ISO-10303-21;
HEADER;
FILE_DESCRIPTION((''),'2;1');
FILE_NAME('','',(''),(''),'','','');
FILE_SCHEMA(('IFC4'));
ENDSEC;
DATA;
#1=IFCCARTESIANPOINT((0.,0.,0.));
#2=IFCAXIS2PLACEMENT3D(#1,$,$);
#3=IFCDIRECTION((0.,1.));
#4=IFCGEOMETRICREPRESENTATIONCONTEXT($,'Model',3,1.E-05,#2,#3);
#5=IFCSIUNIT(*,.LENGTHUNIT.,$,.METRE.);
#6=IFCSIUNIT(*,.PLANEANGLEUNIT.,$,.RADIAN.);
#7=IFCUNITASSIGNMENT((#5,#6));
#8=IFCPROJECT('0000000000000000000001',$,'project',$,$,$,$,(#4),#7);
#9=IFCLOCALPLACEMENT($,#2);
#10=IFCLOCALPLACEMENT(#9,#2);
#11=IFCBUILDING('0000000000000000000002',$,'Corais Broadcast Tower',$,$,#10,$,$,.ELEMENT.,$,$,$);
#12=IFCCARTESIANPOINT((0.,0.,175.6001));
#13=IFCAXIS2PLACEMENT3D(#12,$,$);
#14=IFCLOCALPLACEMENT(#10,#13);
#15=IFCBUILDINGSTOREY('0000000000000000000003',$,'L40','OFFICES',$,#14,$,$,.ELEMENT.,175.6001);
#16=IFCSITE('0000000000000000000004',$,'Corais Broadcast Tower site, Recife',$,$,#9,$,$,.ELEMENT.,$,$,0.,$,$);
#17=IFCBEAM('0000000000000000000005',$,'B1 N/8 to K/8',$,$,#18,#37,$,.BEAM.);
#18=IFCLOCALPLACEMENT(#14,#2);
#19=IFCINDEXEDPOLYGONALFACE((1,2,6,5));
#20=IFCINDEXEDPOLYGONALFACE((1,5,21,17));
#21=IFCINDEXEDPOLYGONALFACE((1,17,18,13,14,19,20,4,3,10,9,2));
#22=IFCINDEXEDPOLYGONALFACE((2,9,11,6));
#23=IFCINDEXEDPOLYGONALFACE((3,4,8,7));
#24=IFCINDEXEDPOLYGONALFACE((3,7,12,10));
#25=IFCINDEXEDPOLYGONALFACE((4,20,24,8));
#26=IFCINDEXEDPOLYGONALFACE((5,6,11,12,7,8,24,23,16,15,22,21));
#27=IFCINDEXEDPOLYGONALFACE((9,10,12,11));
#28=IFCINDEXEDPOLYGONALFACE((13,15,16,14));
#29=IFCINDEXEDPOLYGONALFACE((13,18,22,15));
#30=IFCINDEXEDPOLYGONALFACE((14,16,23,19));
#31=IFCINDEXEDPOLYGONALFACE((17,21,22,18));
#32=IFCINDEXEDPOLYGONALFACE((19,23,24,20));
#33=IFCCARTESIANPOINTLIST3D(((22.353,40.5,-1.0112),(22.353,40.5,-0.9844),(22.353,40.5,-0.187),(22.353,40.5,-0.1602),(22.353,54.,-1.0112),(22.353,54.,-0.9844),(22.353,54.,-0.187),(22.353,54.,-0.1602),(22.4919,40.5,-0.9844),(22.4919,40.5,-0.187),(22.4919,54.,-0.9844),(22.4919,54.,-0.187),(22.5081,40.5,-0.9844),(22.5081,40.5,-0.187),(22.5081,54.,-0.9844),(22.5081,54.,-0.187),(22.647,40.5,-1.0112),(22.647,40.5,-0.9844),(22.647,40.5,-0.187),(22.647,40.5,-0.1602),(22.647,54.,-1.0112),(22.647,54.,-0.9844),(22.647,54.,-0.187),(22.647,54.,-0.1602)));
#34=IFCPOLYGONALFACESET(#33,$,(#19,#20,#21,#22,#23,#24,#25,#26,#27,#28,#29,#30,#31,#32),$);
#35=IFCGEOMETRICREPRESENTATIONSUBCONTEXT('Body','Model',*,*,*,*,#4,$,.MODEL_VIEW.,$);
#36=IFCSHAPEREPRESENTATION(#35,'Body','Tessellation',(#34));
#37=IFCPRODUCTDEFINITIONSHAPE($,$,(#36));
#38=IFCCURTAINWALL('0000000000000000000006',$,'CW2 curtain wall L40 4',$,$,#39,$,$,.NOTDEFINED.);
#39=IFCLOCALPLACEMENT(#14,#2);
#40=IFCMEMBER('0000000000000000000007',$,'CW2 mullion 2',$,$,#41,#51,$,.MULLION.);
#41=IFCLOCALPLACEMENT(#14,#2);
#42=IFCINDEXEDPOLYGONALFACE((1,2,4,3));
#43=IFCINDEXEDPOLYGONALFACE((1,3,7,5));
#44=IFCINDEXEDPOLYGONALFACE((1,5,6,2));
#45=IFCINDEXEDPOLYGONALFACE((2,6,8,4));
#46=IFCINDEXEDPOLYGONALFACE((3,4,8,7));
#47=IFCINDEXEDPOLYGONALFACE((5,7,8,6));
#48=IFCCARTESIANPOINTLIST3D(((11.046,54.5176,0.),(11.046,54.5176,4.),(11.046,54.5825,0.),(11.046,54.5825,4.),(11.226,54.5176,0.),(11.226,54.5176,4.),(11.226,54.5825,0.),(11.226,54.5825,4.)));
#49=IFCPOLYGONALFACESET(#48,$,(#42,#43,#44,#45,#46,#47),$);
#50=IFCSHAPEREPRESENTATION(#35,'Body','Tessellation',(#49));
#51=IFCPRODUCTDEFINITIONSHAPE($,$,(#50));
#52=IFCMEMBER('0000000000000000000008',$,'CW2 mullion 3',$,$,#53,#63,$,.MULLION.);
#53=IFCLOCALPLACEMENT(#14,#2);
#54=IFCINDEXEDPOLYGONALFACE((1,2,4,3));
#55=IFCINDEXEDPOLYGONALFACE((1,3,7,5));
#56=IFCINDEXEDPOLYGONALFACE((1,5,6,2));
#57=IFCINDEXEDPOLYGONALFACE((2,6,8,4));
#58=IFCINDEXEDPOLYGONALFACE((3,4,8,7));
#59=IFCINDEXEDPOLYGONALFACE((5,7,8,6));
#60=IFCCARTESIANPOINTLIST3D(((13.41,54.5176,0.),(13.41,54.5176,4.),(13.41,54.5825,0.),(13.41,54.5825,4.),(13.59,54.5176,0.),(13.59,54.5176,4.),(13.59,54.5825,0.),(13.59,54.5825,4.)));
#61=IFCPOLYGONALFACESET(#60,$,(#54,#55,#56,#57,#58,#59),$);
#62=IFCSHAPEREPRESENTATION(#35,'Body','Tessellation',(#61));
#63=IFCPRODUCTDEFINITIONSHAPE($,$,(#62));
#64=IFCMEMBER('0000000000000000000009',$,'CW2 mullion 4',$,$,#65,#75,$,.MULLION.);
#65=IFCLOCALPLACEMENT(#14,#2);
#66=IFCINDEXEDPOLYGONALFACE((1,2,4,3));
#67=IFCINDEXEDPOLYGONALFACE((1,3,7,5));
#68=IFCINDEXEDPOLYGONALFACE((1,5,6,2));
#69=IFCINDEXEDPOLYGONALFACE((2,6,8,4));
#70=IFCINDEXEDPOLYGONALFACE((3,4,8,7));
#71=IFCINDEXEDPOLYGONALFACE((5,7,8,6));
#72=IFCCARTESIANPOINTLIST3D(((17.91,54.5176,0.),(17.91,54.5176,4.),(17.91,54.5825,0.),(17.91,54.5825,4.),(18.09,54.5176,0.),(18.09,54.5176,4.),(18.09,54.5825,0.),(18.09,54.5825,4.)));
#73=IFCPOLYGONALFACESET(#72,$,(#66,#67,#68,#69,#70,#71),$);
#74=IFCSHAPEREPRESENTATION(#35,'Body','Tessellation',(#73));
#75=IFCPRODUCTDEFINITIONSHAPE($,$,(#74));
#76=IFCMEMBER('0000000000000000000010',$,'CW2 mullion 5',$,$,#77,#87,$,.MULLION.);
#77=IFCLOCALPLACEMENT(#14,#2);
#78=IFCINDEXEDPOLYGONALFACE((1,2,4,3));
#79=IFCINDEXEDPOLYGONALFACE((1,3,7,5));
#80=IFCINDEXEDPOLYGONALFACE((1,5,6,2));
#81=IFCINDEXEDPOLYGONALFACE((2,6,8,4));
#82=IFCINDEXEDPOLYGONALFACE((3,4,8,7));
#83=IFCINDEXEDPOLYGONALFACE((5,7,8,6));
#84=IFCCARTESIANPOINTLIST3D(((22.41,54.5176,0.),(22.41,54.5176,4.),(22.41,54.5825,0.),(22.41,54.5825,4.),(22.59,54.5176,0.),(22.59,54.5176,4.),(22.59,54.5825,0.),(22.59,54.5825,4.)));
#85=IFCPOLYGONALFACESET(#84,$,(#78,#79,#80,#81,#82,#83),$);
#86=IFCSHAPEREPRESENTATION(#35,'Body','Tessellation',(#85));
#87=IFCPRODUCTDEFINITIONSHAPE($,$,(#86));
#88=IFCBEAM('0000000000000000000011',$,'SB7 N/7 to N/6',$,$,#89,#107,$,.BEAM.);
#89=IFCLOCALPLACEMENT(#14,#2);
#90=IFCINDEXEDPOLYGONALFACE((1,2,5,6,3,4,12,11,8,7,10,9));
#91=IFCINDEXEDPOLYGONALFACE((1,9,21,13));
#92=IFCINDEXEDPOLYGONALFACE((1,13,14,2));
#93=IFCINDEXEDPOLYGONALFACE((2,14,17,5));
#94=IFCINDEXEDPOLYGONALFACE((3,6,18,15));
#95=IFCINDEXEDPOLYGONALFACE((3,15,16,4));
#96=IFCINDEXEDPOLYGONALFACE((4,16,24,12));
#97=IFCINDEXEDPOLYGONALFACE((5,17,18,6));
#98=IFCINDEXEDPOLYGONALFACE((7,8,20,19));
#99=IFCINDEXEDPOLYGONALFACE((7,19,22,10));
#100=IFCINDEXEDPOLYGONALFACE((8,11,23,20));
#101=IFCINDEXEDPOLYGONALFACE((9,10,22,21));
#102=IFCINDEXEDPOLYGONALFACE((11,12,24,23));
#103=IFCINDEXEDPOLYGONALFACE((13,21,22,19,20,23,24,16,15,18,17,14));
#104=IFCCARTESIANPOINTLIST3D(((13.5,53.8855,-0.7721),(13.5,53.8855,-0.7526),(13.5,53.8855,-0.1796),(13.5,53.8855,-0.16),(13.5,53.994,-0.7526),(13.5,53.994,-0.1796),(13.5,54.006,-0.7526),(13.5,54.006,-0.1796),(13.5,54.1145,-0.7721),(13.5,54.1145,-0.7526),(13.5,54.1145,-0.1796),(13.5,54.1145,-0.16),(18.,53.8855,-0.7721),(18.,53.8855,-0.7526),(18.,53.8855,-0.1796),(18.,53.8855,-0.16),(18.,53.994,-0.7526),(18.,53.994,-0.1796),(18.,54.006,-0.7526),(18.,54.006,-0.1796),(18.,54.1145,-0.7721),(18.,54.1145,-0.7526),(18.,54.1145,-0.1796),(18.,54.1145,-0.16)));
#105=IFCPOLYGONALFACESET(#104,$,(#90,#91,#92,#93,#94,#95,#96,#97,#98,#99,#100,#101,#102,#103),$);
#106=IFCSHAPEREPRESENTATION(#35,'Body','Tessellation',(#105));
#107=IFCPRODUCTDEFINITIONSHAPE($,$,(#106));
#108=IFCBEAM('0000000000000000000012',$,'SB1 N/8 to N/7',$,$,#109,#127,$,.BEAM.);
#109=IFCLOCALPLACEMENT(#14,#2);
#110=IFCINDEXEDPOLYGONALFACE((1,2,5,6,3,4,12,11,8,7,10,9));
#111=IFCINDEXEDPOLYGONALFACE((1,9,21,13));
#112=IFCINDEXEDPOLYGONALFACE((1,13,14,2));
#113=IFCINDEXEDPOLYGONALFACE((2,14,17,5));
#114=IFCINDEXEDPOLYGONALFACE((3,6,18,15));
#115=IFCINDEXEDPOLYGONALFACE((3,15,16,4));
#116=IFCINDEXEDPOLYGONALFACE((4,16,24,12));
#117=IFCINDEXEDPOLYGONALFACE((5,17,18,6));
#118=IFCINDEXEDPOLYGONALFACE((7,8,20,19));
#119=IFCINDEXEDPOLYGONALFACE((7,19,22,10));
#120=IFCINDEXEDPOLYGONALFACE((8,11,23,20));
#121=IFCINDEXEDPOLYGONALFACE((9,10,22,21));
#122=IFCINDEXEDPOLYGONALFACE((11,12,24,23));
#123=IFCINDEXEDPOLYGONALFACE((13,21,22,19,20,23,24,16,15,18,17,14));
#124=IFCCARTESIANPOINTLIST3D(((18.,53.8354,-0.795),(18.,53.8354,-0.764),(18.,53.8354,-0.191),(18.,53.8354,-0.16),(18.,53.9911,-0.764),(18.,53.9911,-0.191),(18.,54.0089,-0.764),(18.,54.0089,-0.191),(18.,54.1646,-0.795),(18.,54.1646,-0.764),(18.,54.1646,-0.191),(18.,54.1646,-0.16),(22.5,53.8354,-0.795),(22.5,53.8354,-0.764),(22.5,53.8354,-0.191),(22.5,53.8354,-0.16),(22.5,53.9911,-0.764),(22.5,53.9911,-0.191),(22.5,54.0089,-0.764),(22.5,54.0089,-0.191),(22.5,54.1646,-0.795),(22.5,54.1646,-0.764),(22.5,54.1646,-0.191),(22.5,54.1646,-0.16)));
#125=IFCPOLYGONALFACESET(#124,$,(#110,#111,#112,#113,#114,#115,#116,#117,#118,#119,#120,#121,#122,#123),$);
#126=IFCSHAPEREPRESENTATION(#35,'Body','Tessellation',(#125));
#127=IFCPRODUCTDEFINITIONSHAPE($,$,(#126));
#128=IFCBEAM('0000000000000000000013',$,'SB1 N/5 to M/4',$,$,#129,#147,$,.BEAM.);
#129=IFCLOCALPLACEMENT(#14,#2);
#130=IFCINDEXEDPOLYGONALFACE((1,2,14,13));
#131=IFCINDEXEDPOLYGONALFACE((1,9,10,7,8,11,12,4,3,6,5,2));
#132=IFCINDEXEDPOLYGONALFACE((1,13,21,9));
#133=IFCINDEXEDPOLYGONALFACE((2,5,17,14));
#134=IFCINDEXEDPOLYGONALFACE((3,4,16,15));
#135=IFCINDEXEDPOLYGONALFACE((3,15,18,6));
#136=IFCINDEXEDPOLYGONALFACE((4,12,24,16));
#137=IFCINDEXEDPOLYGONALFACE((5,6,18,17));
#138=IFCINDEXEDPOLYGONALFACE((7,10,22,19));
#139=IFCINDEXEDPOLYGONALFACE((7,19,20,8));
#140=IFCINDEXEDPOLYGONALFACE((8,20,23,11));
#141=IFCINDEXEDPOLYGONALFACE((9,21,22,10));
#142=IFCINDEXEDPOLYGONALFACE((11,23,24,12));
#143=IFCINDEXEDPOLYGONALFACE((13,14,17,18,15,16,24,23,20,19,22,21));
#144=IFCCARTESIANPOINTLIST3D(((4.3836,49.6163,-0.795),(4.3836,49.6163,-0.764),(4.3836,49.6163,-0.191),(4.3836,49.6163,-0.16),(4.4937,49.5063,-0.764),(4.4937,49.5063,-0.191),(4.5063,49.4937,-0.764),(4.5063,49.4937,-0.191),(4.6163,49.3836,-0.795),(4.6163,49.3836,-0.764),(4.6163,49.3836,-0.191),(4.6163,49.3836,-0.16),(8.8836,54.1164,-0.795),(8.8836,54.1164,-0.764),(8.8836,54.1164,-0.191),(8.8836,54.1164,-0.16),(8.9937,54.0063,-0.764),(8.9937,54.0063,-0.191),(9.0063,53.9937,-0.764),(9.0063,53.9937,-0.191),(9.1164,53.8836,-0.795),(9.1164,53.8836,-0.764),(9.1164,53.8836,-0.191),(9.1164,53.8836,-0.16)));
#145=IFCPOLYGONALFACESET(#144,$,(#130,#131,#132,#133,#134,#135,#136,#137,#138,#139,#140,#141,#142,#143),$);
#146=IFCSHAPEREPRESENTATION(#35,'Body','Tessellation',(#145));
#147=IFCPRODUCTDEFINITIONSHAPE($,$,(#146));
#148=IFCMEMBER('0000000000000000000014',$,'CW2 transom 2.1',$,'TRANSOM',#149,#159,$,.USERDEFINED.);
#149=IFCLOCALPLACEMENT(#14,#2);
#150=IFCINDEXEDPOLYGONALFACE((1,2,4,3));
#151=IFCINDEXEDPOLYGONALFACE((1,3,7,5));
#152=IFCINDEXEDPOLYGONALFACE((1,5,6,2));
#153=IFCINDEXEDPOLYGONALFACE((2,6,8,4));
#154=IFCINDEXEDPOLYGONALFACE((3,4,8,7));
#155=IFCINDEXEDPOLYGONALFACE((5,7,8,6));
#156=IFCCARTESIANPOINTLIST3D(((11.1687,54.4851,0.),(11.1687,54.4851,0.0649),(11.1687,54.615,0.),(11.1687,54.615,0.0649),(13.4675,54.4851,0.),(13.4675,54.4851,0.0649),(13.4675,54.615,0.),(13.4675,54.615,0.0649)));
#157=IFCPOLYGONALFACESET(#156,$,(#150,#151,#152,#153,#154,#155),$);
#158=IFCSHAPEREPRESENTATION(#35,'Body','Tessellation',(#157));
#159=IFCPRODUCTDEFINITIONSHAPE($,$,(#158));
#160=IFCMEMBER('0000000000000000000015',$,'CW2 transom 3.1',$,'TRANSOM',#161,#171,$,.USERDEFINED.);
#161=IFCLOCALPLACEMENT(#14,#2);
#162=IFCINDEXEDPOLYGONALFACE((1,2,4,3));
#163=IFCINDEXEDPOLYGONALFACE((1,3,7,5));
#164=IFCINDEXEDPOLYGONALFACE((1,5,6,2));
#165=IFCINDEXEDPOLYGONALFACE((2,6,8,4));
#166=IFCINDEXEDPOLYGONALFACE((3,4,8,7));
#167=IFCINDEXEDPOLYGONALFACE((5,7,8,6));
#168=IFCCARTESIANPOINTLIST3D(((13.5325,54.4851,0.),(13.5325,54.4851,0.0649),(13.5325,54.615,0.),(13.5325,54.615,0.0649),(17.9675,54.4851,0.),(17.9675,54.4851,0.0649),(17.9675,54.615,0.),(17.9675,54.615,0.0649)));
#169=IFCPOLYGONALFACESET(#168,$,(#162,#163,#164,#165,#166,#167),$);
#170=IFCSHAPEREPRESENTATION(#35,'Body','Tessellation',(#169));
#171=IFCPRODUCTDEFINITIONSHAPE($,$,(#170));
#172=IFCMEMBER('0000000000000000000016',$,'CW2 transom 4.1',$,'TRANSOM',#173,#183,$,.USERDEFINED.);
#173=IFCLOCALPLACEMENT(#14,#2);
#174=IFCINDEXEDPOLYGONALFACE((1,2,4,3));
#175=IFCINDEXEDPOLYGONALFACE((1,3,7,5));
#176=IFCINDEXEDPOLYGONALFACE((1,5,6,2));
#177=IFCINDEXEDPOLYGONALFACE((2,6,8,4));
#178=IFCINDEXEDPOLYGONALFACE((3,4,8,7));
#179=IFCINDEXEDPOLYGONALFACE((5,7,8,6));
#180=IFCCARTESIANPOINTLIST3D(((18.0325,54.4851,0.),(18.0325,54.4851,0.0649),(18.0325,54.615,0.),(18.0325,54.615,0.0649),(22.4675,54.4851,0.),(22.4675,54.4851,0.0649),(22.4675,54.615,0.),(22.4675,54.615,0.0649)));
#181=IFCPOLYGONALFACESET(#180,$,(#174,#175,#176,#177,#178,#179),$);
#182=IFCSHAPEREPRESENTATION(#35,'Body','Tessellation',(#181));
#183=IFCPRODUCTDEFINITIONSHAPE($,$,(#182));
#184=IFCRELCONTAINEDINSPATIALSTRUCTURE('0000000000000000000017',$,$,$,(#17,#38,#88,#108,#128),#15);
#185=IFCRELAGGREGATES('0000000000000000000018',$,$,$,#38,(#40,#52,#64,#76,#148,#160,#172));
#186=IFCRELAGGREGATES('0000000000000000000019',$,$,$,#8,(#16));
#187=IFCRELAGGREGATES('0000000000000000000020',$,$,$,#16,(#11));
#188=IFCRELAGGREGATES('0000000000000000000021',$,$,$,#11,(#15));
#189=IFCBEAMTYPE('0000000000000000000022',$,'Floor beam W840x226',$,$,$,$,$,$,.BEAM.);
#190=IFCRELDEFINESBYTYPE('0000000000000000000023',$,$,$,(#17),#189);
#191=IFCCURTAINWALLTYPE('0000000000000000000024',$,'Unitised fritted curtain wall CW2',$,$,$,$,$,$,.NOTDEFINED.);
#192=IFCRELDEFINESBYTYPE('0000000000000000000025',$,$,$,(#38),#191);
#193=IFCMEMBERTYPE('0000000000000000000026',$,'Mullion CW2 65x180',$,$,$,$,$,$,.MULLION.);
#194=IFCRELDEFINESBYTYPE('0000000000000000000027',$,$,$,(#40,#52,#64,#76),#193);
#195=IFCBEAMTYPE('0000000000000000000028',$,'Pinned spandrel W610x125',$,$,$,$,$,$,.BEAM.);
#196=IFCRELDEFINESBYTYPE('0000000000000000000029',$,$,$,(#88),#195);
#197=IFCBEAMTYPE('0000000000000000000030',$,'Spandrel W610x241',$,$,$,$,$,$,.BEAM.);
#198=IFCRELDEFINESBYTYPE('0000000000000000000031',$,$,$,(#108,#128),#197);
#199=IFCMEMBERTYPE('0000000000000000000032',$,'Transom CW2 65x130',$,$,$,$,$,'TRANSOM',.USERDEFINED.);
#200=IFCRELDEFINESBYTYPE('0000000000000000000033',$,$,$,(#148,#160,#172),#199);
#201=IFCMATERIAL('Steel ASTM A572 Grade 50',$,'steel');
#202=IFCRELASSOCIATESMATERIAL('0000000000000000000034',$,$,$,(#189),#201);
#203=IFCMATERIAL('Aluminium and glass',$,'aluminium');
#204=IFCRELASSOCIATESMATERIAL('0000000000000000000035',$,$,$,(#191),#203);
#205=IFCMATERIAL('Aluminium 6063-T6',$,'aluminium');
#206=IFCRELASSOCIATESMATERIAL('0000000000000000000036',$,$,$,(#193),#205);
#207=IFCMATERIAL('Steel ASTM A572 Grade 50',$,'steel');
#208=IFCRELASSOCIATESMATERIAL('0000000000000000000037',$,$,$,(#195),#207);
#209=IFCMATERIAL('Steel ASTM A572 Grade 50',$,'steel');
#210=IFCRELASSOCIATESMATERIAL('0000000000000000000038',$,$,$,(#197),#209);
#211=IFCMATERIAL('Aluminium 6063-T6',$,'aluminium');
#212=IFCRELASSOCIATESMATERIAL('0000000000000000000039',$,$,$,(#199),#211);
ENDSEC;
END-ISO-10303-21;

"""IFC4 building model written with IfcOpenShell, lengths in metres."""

from ifc_helpers import new_model, si_unit, direction, frame, origin, origin_2d, place, context, subcontext, project, spatial, rectangle, i_section, extrude, material, material_profile, profile_set, type_object, element, aggregate, save


model = new_model("IFC4")

# Units and contexts
model_context = context("Model", 3, precision=1e-05, world=origin(), true_north=direction((0.0, 1.0)))
body_context = subcontext(model_context, "Body", "Model", "MODEL_VIEW")
ifc_project = project(units=[si_unit("LENGTHUNIT", "METRE"), si_unit("PLANEANGLEUNIT", "RADIAN")], contexts=[model_context])

# Site, building, storey
site_placement = place(None, origin())
site = spatial("IfcSite", under=ifc_project, at=site_placement, Name="Corais Broadcast Tower site, Recife", CompositionType="ELEMENT", RefElevation=0.0)
building_placement = place(site_placement, origin())
building = spatial("IfcBuilding", under=site, at=building_placement, Name="Corais Broadcast Tower", CompositionType="ELEMENT")
storey_placement = place(building_placement, frame((0.0, 0.0, 175.6001)))
storey = spatial("IfcBuildingStorey", under=building, at=storey_placement, Name="L40", Description="OFFICES", CompositionType="ELEMENT", Elevation=175.6001)

# Beam
ifc_material_1 = material(Name="Steel ASTM A572 Grade 50", Category="steel")
ifc_material_profile_1 = material_profile(ifc_material_1, i_section(OverallWidth=0.2939, OverallDepth=0.8511, WebThickness=0.0161, FlangeThickness=0.0269, at=origin_2d()), Name="W840x226")
ifc_profile_set_1 = profile_set([ifc_material_profile_1], Name="Steel ASTM A572 Grade 50")
beam_type_1 = type_object("IfcBeamType", Name="Floor beam W840x226", PredefinedType="BEAM", material=ifc_profile_set_1)
for number, where, z_axis, x_axis, name in (
    (1, (22.5, 54.0, -0.5857), (0.0, -1.0, 0.0), (1.0, 0.0, 0.0), "B1 N/8 to K/8"),
):
    element("IfcBeam", number, at=place(storey_placement, frame(where, z_axis=z_axis, x_axis=x_axis)), inside=storey, type_object=beam_type_1, Name=name, PredefinedType="BEAM", context=body_context, shape_type="SweptSolid", body=[
        extrude(i_section(OverallWidth=0.2939, OverallDepth=0.8511, WebThickness=0.0161, FlangeThickness=0.0269, at=origin_2d()), origin(), (0.0, 0.0, 1.0), 13.5),
    ])

# Curtain wall, members
ifc_material_2 = material(Name="Aluminium and glass", Category="aluminium")
curtain_wall_type = type_object("IfcCurtainWallType", Name="Unitised fritted curtain wall CW2", PredefinedType="NOTDEFINED", material=ifc_material_2)
curtain_wall_placement = place(storey_placement, origin())
curtain_wall = element("IfcCurtainWall", 2, at=curtain_wall_placement, inside=storey, type_object=curtain_wall_type, Name="CW2 curtain wall L40 4", PredefinedType="NOTDEFINED")
ifc_material_3 = material(Name="Aluminium 6063-T6", Category="aluminium")
ifc_material_profile_2 = material_profile(ifc_material_3, rectangle(XDim=0.0649, YDim=0.1799, at=origin_2d()), Name="Mullion CW2 65x180")
ifc_profile_set_2 = profile_set([ifc_material_profile_2], Name="Aluminium 6063-T6")
member_type_1 = type_object("IfcMemberType", Name="Mullion CW2 65x180", PredefinedType="MULLION", material=ifc_profile_set_2)
member_1_placement = place(storey_placement, frame((11.136, 54.55, 0.0), z_axis=(0.0, 0.0, 1.0), x_axis=(0.0, 1.0, 0.0)))
member_1 = element("IfcMember", 3, at=member_1_placement, type_object=member_type_1, Name="CW2 mullion 2", PredefinedType="MULLION", context=body_context, shape_type="SweptSolid", body=[
    extrude(rectangle(XDim=0.0649, YDim=0.1799, at=origin_2d()), origin(), (0.0, 0.0, 1.0), 4.0),
])
member_2_placement = place(storey_placement, frame((13.5, 54.55, 0.0), z_axis=(0.0, 0.0, 1.0), x_axis=(0.0, 1.0, 0.0)))
member_2 = element("IfcMember", 4, at=member_2_placement, type_object=member_type_1, Name="CW2 mullion 3", PredefinedType="MULLION", context=body_context, shape_type="SweptSolid", body=[
    extrude(rectangle(XDim=0.0649, YDim=0.1799, at=origin_2d()), origin(), (0.0, 0.0, 1.0), 4.0),
])
member_3_placement = place(storey_placement, frame((18.0, 54.55, 0.0), z_axis=(0.0, 0.0, 1.0), x_axis=(0.0, 1.0, 0.0)))
member_3 = element("IfcMember", 5, at=member_3_placement, type_object=member_type_1, Name="CW2 mullion 4", PredefinedType="MULLION", context=body_context, shape_type="SweptSolid", body=[
    extrude(rectangle(XDim=0.0649, YDim=0.1799, at=origin_2d()), origin(), (0.0, 0.0, 1.0), 4.0),
])
member_4_placement = place(storey_placement, frame((22.5, 54.55, 0.0), z_axis=(0.0, 0.0, 1.0), x_axis=(0.0, 1.0, 0.0)))
member_4 = element("IfcMember", 6, at=member_4_placement, type_object=member_type_1, Name="CW2 mullion 5", PredefinedType="MULLION", context=body_context, shape_type="SweptSolid", body=[
    extrude(rectangle(XDim=0.0649, YDim=0.1799, at=origin_2d()), origin(), (0.0, 0.0, 1.0), 4.0),
])

# Beams
ifc_material_4 = material(Name="Steel ASTM A572 Grade 50", Category="steel")
ifc_material_profile_3 = material_profile(ifc_material_4, i_section(OverallWidth=0.229, OverallDepth=0.6121, WebThickness=0.012, FlangeThickness=0.0195, at=origin_2d()), Name="W610x125")
ifc_profile_set_3 = profile_set([ifc_material_profile_3], Name="Steel ASTM A572 Grade 50")
beam_type_2 = type_object("IfcBeamType", Name="Pinned spandrel W610x125", PredefinedType="BEAM", material=ifc_profile_set_3)
beam_1_placement = place(storey_placement, frame((18.0, 54.0, -0.4661), z_axis=(-1.0, 0.0, 0.0), x_axis=(0.0, -1.0, 0.0)))
element("IfcBeam", 7, at=beam_1_placement, inside=storey, type_object=beam_type_2, Name="SB7 N/7 to N/6", PredefinedType="BEAM", context=body_context, shape_type="SweptSolid", body=[
    extrude(i_section(OverallWidth=0.229, OverallDepth=0.6121, WebThickness=0.012, FlangeThickness=0.0195, at=origin_2d()), origin(), (0.0, 0.0, 1.0), 4.5),
])
ifc_material_5 = material(Name="Steel ASTM A572 Grade 50", Category="steel")
ifc_material_profile_4 = material_profile(ifc_material_5, i_section(OverallWidth=0.3291, OverallDepth=0.635, WebThickness=0.0178, FlangeThickness=0.031, at=origin_2d()), Name="W610x241")
ifc_profile_set_4 = profile_set([ifc_material_profile_4], Name="Steel ASTM A572 Grade 50")
beam_type_3 = type_object("IfcBeamType", Name="Spandrel W610x241", PredefinedType="BEAM", material=ifc_profile_set_4)
beam_2_placement = place(storey_placement, frame((22.5, 54.0, -0.4775), z_axis=(-1.0, 0.0, 0.0), x_axis=(0.0, -1.0, 0.0)))
element("IfcBeam", 8, at=beam_2_placement, inside=storey, type_object=beam_type_3, Name="SB1 N/8 to N/7", PredefinedType="BEAM", context=body_context, shape_type="SweptSolid", body=[
    extrude(i_section(OverallWidth=0.3291, OverallDepth=0.635, WebThickness=0.0178, FlangeThickness=0.031, at=origin_2d()), origin(), (0.0, 0.0, 1.0), 4.5),
])
beam_3_placement = place(storey_placement, frame((9.0, 54.0, -0.4775), z_axis=(-0.707107, -0.707107, 0.0), x_axis=(0.707107, -0.707107, 0.0)))
element("IfcBeam", 9, at=beam_3_placement, inside=storey, type_object=beam_type_3, Name="SB1 N/5 to M/4", PredefinedType="BEAM", context=body_context, shape_type="SweptSolid", body=[
    extrude(i_section(OverallWidth=0.3291, OverallDepth=0.635, WebThickness=0.0178, FlangeThickness=0.031, at=origin_2d()), origin(), (0.0, 0.0, 1.0), 6.364),
])

# Members
ifc_material_6 = material(Name="Aluminium 6063-T6", Category="aluminium")
ifc_material_profile_5 = material_profile(ifc_material_6, rectangle(XDim=0.1299, YDim=0.0649, at=origin_2d()), Name="Transom CW2 65x130")
ifc_profile_set_5 = profile_set([ifc_material_profile_5], Name="Aluminium 6063-T6")
member_type_2 = type_object("IfcMemberType", Name="Transom CW2 65x130", ElementType="TRANSOM", PredefinedType="USERDEFINED", material=ifc_profile_set_5)
member_5_placement = place(storey_placement, frame((11.1687, 54.55, 0.0325), z_axis=(1.0, 0.0, 0.0), x_axis=(0.0, 1.0, 0.0)))
member_5 = element("IfcMember", 10, at=member_5_placement, type_object=member_type_2, Name="CW2 transom 2.1", ObjectType="TRANSOM", PredefinedType="USERDEFINED", context=body_context, shape_type="SweptSolid", body=[
    extrude(rectangle(XDim=0.1299, YDim=0.0649, at=origin_2d()), origin(), (0.0, 0.0, 1.0), 2.2988),
])
member_6_placement = place(storey_placement, frame((13.5325, 54.55, 0.0325), z_axis=(1.0, 0.0, 0.0), x_axis=(0.0, 1.0, 0.0)))
member_6 = element("IfcMember", 11, at=member_6_placement, type_object=member_type_2, Name="CW2 transom 3.1", ObjectType="TRANSOM", PredefinedType="USERDEFINED", context=body_context, shape_type="SweptSolid", body=[
    extrude(rectangle(XDim=0.1299, YDim=0.0649, at=origin_2d()), origin(), (0.0, 0.0, 1.0), 4.4351),
])
member_7_placement = place(storey_placement, frame((18.0325, 54.55, 0.0325), z_axis=(1.0, 0.0, 0.0), x_axis=(0.0, 1.0, 0.0)))
member_7 = element("IfcMember", 12, at=member_7_placement, type_object=member_type_2, Name="CW2 transom 4.1", ObjectType="TRANSOM", PredefinedType="USERDEFINED", context=body_context, shape_type="SweptSolid", body=[
    extrude(rectangle(XDim=0.1299, YDim=0.0649, at=origin_2d()), origin(), (0.0, 0.0, 1.0), 4.4351),
])

aggregate(curtain_wall, [member_1, member_2, member_3, member_4, member_5, member_6, member_7])

save(model, "model.ifc")
